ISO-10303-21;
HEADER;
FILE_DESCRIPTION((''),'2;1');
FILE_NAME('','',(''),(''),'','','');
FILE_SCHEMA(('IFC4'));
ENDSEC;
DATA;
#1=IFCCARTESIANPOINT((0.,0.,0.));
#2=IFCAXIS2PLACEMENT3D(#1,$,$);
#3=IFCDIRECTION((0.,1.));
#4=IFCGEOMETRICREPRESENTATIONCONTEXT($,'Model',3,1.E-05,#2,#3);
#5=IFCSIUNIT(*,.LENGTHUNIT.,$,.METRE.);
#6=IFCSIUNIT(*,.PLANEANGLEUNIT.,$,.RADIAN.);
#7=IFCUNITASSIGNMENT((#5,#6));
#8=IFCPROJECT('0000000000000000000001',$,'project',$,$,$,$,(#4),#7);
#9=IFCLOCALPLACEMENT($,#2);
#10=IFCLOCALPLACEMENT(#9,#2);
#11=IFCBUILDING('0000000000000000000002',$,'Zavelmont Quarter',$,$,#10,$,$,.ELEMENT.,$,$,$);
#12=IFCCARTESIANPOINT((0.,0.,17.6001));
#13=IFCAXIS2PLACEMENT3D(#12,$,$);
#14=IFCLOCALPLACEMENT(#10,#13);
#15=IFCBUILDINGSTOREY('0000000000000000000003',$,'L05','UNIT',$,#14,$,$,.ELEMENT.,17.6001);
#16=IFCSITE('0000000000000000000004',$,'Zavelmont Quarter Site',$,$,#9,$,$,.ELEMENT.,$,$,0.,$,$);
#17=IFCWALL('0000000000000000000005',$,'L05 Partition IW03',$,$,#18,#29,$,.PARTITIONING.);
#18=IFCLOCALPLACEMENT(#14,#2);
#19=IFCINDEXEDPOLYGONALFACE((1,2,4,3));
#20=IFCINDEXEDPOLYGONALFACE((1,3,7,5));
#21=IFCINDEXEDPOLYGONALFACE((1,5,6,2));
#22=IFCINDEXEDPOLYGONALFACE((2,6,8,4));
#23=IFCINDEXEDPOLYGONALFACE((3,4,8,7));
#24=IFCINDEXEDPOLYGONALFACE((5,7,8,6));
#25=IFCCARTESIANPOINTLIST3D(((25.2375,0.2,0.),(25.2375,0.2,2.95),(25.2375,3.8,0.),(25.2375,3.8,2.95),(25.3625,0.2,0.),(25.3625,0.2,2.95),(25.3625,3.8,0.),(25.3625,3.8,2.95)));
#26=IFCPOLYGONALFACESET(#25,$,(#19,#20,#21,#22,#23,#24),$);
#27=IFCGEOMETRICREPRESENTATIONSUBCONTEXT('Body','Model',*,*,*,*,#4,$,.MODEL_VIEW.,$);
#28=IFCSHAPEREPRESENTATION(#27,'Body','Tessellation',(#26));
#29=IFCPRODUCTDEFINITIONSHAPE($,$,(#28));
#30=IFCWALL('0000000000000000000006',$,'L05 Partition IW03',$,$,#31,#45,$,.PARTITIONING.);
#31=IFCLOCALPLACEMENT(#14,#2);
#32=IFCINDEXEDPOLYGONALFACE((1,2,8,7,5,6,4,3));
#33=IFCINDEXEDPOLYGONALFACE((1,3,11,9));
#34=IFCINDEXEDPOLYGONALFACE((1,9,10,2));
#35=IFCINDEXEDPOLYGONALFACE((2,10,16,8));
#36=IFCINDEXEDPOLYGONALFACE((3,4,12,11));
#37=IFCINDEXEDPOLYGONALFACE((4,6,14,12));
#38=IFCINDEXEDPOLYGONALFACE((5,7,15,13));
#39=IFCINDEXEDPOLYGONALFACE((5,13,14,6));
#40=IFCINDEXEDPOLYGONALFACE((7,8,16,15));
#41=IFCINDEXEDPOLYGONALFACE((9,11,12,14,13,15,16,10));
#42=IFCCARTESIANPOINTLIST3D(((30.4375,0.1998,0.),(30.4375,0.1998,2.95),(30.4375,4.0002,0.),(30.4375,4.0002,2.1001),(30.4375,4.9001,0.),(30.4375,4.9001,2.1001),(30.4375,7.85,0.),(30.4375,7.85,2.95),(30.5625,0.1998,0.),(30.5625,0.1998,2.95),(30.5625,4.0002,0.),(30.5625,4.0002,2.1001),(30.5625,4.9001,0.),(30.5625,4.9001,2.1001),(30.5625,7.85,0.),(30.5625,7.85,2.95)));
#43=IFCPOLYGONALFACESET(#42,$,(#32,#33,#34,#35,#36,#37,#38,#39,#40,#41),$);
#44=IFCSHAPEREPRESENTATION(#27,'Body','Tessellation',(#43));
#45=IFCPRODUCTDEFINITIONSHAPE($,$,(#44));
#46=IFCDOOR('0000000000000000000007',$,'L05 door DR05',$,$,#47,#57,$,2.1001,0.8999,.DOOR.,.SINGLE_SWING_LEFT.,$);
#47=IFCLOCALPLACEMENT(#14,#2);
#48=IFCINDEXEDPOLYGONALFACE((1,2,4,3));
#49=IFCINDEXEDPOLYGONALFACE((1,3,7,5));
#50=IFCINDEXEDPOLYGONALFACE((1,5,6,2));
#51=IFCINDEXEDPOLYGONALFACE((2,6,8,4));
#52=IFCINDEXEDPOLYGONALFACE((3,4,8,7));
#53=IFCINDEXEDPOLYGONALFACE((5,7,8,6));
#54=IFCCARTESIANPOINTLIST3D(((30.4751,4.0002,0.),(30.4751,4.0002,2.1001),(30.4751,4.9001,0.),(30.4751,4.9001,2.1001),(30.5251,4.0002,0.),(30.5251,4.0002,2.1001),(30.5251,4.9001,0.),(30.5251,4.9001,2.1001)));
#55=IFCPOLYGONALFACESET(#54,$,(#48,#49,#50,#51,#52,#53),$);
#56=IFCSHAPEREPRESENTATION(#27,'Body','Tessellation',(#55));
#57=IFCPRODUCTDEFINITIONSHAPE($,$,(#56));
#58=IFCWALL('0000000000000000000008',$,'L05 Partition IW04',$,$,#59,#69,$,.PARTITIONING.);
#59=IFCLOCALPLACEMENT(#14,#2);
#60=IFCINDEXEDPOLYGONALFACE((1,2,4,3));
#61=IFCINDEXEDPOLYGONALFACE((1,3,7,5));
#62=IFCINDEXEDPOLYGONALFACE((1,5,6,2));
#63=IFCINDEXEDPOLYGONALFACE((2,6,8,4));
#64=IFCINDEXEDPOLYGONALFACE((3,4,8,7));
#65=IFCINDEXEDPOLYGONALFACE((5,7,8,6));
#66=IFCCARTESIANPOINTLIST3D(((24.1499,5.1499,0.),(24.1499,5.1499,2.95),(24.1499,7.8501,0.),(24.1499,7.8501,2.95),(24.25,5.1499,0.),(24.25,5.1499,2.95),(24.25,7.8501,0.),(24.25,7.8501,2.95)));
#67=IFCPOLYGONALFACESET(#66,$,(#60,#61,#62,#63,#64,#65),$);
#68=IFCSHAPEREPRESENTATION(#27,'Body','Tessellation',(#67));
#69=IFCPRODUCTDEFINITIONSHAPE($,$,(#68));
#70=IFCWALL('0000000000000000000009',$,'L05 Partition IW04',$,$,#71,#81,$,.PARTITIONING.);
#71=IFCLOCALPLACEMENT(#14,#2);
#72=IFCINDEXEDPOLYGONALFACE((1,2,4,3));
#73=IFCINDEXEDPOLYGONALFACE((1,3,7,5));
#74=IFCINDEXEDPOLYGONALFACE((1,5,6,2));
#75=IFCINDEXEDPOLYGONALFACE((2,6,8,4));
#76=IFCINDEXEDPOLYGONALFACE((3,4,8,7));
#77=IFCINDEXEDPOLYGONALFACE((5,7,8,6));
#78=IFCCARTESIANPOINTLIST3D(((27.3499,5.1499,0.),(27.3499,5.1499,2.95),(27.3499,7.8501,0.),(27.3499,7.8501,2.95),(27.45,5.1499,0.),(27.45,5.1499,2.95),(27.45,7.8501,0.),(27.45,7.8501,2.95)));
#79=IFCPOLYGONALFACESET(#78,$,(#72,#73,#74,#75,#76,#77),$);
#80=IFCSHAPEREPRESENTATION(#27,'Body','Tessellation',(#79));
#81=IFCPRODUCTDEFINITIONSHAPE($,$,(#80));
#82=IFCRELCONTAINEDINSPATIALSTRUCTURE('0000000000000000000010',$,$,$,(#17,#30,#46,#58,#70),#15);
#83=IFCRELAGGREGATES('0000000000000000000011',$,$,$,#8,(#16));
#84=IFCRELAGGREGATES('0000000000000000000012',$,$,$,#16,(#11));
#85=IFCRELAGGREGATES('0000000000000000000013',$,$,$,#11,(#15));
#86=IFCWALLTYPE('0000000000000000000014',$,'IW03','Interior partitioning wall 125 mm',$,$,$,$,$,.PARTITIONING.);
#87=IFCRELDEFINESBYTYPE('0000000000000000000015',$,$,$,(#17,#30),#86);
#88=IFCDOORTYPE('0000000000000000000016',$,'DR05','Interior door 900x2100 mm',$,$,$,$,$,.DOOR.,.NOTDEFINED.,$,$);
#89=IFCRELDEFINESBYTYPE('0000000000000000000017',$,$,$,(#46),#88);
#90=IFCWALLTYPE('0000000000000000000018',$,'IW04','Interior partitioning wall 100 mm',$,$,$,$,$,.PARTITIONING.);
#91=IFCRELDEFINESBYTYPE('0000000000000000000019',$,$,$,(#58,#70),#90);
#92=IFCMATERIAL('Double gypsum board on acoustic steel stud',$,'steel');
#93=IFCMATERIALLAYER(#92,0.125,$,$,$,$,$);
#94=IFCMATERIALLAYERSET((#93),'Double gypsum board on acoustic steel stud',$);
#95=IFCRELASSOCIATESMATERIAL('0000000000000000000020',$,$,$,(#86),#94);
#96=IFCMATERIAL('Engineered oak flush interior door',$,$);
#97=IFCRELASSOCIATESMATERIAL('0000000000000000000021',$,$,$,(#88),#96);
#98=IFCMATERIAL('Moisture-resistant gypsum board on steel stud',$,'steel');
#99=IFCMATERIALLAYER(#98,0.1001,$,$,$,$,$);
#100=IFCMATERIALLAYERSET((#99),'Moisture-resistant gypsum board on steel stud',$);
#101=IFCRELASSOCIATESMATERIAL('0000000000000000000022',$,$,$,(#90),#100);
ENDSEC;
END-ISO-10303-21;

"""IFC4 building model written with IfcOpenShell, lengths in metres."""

from ifc_helpers import new_model, si_unit, direction, frame, frame_2d, origin, place, context, subcontext, project, spatial, rectangle, extrude, material, layer, layer_set, type_object, element, fill, save


model = new_model("IFC4")

# Units and contexts
model_context = context("Model", 3, precision=1e-05, world=origin(), true_north=direction((0.0, 1.0)))
body_context = subcontext(model_context, "Body", "Model", "MODEL_VIEW")
ifc_project = project(units=[si_unit("LENGTHUNIT", "METRE"), si_unit("PLANEANGLEUNIT", "RADIAN")], contexts=[model_context])

# Site, building, storey
site_placement = place(None, origin())
site = spatial("IfcSite", under=ifc_project, at=site_placement, Name="Zavelmont Quarter Site", CompositionType="ELEMENT", RefElevation=0.0)
building_placement = place(site_placement, origin())
building = spatial("IfcBuilding", under=site, at=building_placement, Name="Zavelmont Quarter", CompositionType="ELEMENT")
storey_placement = place(building_placement, frame((0.0, 0.0, 17.6001)))
storey = spatial("IfcBuildingStorey", under=building, at=storey_placement, Name="L05", Description="UNIT", CompositionType="ELEMENT", Elevation=17.6001)

# Wall
ifc_material_1 = material(Name="Double gypsum board on acoustic steel stud", Category="steel")
ifc_layer_1 = layer(ifc_material_1, 0.125)
ifc_layer_set_1 = layer_set([ifc_layer_1], Name="Double gypsum board on acoustic steel stud")
wall_type_1 = type_object("IfcWallType", Name="IW03", Description="Interior partitioning wall 125 mm", PredefinedType="PARTITIONING", material=ifc_layer_set_1)
wall_1_placement = place(storey_placement, frame((25.3, 3.8, 0.0), z_axis=(0.0, 0.0, 1.0), x_axis=(0.0, -1.0, 0.0)))
element("IfcWall", 1, at=wall_1_placement, inside=storey, type_object=wall_type_1, Name="L05 Partition IW03", PredefinedType="PARTITIONING", context=body_context, shape_type="SweptSolid", body=[
    extrude(rectangle(XDim=3.6001, YDim=0.125, at=frame_2d((1.8, 0.0))), origin(), (0.0, 0.0, 1.0), 2.95),
])

# Wall, opening, door
wall_2_placement = place(storey_placement, frame((30.5, 7.8501, 0.0), z_axis=(0.0, 0.0, 1.0), x_axis=(0.0, -1.0, 0.0)))
wall_2 = element("IfcWall", 2, at=wall_2_placement, inside=storey, type_object=wall_type_1, Name="L05 Partition IW03", PredefinedType="PARTITIONING", context=body_context, shape_type="SweptSolid", body=[
    extrude(rectangle(XDim=7.6501, YDim=0.125, at=frame_2d((3.8252, 0.0))), origin(), (0.0, 0.0, 1.0), 2.95),
])
opening_placement = place(wall_2_placement, frame((2.95, 0.0, 0.0)))
opening = element("IfcOpeningElement", 3, at=opening_placement, cuts=wall_2, PredefinedType="OPENING", context=body_context, shape_type="SweptSolid", body=[
    extrude(rectangle(XDim=0.8999, YDim=2.1001, at=frame_2d((0.45, 1.05))), frame((0.0, 0.0745, 0.0), z_axis=(0.0, -1.0, 0.0), x_axis=(1.0, 0.0, 0.0)), (0.0, 0.0, 1.0), 0.1489),
])
ifc_material_2 = material(Name="Engineered oak flush interior door")
door_type = type_object("IfcDoorType", Name="DR05", Description="Interior door 900x2100 mm", OperationType="NOTDEFINED", PredefinedType="DOOR", material=ifc_material_2)
door_placement = place(opening_placement, frame((0.8999, 0.0, 0.0), z_axis=(0.0, 0.0, 1.0), x_axis=(-1.0, 0.0, 0.0)))
door = element("IfcDoor", 4, at=door_placement, inside=storey, type_object=door_type, Name="L05 door DR05", OperationType="SINGLE_SWING_LEFT", OverallHeight=2.1001, OverallWidth=0.8999, PredefinedType="DOOR", context=body_context, shape_type="SweptSolid", body=[
    extrude(rectangle(XDim=0.8999, YDim=2.1001, at=frame_2d((0.45, 1.05))), frame((0.0, 0.0249, 0.0), z_axis=(0.0, -1.0, 0.0), x_axis=(1.0, 0.0, 0.0)), (0.0, 0.0, 1.0), 0.05),
])
fill(opening, door)

# Walls
ifc_material_3 = material(Name="Moisture-resistant gypsum board on steel stud", Category="steel")
ifc_layer_2 = layer(ifc_material_3, 0.1001)
ifc_layer_set_2 = layer_set([ifc_layer_2], Name="Moisture-resistant gypsum board on steel stud")
wall_type_2 = type_object("IfcWallType", Name="IW04", Description="Interior partitioning wall 100 mm", PredefinedType="PARTITIONING", material=ifc_layer_set_2)
for number, where, z_axis, x_axis, name in (
    (5, (24.2, 7.8501, 0.0), (0.0, 0.0, 1.0), (0.0, -1.0, 0.0), "L05 Partition IW04"),
    (6, (27.3999, 7.8501, 0.0), (0.0, 0.0, 1.0), (0.0, -1.0, 0.0), "L05 Partition IW04"),
):
    element("IfcWall", number, at=place(storey_placement, frame(where, z_axis=z_axis, x_axis=x_axis)), inside=storey, type_object=wall_type_2, Name=name, PredefinedType="PARTITIONING", context=body_context, shape_type="SweptSolid", body=[
        extrude(rectangle(XDim=2.7002, YDim=0.1001, at=frame_2d((1.3501, 0.0))), origin(), (0.0, 0.0, 1.0), 2.95),
    ])

save(model, "model.ifc")
